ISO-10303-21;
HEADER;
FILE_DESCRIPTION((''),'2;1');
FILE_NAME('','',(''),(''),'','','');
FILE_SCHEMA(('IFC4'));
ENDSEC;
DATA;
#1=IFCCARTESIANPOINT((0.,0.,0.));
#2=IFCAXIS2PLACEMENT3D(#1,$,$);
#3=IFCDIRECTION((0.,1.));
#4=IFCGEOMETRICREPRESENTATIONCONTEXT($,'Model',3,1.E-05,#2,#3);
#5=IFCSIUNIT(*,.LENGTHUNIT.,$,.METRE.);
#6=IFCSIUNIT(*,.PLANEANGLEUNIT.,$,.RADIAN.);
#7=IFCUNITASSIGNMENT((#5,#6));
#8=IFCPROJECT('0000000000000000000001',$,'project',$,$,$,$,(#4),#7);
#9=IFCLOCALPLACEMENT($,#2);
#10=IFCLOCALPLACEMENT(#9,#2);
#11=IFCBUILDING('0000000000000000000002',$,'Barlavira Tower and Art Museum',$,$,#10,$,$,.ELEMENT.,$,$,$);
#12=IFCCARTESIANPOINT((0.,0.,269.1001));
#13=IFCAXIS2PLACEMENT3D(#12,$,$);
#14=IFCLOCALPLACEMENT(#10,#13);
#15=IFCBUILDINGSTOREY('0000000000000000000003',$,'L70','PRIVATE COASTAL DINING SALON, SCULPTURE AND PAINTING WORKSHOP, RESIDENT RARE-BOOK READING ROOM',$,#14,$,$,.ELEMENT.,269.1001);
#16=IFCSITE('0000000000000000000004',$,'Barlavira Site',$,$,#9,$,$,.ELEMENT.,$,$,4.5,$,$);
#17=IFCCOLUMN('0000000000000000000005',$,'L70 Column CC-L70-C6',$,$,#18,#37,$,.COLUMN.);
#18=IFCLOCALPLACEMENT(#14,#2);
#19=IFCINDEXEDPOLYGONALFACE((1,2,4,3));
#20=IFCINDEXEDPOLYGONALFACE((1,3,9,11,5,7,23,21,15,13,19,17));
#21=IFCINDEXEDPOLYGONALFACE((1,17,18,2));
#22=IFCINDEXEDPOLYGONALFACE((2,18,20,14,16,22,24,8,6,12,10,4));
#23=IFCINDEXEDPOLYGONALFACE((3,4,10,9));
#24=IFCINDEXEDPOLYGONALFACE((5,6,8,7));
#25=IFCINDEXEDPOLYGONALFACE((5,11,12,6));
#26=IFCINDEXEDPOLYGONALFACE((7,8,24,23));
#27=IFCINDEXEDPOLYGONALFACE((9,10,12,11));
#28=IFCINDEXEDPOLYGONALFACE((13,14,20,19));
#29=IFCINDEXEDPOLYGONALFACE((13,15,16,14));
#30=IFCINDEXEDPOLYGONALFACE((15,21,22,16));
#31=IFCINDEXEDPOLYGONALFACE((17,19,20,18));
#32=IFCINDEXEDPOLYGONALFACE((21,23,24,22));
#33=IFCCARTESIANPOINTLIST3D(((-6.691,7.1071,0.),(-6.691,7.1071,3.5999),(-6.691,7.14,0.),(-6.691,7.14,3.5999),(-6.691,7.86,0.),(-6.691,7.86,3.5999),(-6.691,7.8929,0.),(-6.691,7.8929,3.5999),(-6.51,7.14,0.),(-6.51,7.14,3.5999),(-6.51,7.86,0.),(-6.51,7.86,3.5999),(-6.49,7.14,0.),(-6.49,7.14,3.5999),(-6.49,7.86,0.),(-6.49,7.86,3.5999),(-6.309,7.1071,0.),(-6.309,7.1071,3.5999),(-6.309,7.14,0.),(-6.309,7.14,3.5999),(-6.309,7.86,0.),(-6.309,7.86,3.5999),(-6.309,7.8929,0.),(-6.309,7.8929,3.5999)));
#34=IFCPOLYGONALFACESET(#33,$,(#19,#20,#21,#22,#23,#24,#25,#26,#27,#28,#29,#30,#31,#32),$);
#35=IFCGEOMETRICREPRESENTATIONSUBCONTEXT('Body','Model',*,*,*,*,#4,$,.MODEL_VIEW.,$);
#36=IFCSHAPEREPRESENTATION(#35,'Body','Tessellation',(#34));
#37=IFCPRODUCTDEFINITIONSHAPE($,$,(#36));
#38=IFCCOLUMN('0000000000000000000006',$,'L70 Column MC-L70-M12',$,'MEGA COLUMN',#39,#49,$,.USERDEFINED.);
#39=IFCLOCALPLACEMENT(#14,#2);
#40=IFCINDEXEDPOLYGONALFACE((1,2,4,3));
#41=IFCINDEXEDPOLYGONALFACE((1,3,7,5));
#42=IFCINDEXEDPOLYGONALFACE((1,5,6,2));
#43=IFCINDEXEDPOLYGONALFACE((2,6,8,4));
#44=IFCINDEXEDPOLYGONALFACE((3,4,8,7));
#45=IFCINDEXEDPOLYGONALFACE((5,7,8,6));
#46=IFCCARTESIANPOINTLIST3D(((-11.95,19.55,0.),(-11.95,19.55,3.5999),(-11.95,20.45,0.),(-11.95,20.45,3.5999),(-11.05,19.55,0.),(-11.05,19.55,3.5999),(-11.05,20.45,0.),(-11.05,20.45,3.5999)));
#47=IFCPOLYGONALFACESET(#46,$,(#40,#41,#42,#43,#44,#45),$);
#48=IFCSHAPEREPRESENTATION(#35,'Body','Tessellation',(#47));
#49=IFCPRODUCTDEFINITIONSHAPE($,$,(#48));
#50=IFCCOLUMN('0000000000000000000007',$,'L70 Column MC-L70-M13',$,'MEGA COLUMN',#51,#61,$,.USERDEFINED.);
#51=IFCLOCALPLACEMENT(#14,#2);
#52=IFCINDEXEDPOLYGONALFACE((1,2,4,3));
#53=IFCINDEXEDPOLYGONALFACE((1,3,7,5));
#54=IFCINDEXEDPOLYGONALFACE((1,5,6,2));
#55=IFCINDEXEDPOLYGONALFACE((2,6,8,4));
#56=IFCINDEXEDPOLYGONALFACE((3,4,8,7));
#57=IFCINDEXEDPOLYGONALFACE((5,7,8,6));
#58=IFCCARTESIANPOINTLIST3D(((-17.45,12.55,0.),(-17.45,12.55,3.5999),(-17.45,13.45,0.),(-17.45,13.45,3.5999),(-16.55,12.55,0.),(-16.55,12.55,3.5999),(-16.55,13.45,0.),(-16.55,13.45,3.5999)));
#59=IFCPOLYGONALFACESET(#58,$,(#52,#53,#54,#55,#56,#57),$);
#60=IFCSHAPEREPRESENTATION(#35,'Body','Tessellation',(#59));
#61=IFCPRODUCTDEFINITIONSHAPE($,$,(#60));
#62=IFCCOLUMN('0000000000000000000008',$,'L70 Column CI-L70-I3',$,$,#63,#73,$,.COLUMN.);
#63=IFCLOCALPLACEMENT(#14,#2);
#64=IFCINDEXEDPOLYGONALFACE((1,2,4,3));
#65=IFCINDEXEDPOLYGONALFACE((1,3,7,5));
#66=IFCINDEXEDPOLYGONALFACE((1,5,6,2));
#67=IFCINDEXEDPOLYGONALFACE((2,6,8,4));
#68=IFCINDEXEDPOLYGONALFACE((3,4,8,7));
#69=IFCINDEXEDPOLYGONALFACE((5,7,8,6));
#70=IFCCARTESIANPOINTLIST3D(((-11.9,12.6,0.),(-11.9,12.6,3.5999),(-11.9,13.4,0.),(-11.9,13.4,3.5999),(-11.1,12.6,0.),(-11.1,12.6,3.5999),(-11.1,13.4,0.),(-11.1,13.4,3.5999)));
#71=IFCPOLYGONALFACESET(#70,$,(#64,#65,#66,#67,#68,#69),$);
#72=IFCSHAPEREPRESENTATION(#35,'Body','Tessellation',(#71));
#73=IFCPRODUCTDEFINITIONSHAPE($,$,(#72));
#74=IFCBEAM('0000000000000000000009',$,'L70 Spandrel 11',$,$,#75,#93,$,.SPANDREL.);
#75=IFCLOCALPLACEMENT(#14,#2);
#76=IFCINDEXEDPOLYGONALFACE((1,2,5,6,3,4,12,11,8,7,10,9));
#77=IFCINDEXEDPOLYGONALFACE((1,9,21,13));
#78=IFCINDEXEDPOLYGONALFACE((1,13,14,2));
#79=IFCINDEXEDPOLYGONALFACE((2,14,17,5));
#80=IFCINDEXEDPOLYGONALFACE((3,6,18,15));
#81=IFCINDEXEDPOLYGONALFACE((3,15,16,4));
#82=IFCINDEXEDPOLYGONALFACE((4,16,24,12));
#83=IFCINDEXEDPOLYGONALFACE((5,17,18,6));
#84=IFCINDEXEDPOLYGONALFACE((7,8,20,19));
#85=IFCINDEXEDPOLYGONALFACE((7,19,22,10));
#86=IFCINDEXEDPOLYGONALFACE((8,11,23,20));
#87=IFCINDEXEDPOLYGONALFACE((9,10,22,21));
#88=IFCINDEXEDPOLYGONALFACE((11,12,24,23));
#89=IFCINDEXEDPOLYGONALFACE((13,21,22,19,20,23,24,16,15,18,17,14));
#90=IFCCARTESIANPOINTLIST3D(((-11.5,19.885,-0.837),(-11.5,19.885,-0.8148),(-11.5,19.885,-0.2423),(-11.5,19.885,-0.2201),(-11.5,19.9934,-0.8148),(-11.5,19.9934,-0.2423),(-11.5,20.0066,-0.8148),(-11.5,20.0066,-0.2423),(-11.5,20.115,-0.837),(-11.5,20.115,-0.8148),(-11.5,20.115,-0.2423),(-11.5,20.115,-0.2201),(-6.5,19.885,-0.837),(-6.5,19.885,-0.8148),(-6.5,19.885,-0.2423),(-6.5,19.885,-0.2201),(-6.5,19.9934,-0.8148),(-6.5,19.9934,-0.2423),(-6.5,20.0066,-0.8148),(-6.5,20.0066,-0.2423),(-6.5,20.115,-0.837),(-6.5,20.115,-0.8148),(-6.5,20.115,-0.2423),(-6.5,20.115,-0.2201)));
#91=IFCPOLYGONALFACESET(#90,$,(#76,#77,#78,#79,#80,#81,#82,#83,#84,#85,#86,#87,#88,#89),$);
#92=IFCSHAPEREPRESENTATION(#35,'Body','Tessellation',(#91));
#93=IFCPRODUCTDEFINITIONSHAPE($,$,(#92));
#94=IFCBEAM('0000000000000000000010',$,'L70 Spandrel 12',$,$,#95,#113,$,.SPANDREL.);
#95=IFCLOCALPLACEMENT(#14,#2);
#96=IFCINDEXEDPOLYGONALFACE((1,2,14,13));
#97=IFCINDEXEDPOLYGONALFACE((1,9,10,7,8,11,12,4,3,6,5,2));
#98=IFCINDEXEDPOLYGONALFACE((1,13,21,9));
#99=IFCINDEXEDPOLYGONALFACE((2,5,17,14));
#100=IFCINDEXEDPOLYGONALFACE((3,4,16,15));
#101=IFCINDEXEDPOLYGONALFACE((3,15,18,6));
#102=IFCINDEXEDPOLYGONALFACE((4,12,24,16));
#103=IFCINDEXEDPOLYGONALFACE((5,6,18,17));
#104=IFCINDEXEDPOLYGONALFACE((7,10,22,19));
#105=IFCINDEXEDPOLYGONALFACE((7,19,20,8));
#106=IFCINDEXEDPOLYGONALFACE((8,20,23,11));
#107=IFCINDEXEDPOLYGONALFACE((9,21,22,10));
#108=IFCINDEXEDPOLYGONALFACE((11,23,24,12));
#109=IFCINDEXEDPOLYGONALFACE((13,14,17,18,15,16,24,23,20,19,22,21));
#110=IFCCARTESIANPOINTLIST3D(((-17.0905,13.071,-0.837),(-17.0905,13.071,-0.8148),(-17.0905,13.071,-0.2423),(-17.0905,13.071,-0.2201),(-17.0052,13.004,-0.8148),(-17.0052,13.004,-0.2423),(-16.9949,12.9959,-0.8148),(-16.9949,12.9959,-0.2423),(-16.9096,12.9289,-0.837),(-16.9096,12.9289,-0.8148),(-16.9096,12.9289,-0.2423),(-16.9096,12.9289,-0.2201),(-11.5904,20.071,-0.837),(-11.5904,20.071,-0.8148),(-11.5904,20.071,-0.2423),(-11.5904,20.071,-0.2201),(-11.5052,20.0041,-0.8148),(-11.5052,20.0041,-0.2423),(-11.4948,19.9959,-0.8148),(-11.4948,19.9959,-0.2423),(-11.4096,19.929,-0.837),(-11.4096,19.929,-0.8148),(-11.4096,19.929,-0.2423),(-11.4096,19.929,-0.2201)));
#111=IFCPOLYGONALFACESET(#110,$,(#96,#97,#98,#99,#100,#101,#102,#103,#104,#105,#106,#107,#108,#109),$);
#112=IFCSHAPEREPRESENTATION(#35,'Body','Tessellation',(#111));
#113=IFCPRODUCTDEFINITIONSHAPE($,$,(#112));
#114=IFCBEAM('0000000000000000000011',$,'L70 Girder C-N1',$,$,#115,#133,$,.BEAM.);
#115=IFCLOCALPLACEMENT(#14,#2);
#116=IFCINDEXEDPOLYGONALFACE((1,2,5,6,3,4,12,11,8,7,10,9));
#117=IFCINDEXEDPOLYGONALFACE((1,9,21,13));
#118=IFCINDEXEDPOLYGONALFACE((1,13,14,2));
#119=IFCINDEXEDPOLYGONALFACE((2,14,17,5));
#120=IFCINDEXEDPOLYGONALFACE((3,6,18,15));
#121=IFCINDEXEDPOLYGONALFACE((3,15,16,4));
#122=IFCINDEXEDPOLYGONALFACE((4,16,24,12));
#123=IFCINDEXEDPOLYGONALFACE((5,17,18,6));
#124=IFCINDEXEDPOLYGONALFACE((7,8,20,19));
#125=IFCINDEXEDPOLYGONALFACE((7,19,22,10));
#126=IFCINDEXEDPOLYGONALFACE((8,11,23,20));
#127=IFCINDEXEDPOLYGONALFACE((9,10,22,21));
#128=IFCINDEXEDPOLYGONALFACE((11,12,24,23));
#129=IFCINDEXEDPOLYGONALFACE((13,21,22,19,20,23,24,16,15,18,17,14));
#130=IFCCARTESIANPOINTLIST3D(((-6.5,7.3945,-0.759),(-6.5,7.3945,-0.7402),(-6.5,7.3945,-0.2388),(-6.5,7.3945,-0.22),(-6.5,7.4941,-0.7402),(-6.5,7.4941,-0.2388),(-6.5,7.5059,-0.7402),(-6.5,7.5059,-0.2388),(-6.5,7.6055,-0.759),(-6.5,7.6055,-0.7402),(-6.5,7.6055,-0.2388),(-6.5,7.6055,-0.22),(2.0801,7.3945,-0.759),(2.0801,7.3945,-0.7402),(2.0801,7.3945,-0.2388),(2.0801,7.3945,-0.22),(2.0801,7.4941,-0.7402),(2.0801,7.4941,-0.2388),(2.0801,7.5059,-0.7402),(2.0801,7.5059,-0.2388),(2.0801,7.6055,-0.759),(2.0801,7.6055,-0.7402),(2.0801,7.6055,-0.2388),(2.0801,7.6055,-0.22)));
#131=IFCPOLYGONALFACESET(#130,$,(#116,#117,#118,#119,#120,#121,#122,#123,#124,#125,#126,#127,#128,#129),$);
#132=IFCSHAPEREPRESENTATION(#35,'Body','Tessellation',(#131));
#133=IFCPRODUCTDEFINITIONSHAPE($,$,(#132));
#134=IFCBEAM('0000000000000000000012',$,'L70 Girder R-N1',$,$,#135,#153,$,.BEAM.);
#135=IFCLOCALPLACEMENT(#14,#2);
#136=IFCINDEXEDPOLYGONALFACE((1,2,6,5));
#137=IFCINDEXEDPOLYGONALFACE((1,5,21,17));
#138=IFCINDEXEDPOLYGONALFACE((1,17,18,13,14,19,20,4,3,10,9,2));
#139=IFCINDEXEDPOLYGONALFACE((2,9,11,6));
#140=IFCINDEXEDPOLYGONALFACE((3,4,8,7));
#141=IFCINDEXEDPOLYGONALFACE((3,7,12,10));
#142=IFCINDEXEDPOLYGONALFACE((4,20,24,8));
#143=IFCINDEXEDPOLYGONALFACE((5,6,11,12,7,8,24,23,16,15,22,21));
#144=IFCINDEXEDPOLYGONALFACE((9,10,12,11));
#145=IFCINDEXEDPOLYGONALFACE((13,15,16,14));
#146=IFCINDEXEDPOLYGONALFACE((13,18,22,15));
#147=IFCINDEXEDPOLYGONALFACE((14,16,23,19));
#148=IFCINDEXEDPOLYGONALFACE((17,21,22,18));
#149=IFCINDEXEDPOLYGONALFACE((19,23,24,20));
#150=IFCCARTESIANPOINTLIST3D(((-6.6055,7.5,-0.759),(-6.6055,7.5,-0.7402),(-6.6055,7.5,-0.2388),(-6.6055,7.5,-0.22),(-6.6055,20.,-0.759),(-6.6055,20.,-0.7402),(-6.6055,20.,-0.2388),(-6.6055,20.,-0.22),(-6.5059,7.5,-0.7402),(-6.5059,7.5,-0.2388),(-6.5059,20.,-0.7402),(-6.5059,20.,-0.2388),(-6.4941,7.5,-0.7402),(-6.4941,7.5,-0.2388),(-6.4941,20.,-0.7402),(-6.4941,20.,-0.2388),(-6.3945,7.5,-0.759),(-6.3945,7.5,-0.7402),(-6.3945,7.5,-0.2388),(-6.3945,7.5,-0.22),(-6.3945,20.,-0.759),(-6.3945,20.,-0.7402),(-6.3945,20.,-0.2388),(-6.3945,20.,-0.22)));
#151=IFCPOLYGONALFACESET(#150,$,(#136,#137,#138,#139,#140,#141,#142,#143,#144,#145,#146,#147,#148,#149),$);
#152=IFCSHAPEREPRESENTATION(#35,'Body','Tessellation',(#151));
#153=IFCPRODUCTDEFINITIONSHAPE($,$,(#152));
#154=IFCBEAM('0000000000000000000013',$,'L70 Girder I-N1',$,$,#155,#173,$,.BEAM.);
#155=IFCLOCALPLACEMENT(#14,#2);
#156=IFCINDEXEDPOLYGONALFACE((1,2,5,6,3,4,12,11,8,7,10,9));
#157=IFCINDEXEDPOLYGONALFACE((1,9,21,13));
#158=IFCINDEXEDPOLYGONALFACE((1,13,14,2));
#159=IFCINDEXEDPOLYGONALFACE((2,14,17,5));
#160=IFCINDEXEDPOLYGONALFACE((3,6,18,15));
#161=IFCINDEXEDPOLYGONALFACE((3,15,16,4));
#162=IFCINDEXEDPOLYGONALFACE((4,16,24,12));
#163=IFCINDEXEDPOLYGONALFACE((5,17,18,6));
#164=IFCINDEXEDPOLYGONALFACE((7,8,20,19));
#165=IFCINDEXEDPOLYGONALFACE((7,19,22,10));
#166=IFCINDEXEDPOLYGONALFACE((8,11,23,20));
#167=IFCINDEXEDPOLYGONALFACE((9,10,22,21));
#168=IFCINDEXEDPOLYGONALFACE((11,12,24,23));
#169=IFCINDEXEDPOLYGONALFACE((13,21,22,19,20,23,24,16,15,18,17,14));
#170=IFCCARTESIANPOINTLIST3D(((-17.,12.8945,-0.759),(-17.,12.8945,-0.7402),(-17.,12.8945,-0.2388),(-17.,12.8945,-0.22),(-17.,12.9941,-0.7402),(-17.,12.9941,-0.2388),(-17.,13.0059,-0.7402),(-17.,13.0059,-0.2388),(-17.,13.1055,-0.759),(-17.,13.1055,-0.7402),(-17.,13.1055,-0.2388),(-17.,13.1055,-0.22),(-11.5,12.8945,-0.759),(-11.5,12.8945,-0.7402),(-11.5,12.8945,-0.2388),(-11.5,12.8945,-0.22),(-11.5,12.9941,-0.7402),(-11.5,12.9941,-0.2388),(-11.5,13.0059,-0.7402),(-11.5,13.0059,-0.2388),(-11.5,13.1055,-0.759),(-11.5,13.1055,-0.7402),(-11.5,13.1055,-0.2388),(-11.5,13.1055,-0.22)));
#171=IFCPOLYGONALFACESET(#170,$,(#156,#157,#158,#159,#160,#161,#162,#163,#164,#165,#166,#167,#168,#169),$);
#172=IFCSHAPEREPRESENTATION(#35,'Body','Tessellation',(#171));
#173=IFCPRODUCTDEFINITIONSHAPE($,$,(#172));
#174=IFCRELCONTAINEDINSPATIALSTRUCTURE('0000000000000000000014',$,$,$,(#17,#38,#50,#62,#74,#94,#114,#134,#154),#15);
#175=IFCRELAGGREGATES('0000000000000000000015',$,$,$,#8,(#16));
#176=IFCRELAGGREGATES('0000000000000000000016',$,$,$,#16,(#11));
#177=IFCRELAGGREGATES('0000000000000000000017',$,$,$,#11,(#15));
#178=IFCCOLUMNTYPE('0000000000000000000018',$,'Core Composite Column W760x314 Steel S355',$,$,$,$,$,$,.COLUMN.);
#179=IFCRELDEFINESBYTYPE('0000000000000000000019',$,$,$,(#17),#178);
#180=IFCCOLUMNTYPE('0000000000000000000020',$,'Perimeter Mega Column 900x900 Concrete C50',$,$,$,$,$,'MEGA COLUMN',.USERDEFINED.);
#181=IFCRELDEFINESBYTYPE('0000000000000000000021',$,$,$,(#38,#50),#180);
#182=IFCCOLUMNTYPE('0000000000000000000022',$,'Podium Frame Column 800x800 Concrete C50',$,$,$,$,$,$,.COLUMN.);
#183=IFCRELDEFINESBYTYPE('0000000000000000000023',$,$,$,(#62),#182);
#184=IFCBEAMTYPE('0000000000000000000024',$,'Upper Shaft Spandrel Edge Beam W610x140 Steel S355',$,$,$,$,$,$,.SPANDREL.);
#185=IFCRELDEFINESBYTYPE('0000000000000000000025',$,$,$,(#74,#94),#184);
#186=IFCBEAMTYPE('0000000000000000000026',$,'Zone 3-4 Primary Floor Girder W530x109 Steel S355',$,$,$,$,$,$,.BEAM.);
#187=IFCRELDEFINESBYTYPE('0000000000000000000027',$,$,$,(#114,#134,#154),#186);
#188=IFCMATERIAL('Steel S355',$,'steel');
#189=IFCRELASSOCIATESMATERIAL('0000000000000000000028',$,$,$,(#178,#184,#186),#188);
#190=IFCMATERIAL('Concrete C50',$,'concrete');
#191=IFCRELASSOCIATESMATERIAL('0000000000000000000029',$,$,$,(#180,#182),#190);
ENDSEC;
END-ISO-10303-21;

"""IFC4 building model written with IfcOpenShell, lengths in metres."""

from ifc_helpers import new_model, si_unit, direction, frame, origin, origin_2d, place, context, subcontext, project, spatial, rectangle, i_section, extrude, material, material_profile, profile_set, type_object, element, save


model = new_model("IFC4")

# Units and contexts
model_context = context("Model", 3, precision=1e-05, world=origin(), true_north=direction((0.0, 1.0)))
body_context = subcontext(model_context, "Body", "Model", "MODEL_VIEW")
ifc_project = project(units=[si_unit("LENGTHUNIT", "METRE"), si_unit("PLANEANGLEUNIT", "RADIAN")], contexts=[model_context])

# Site, building, storey
site_placement = place(None, origin())
site = spatial("IfcSite", under=ifc_project, at=site_placement, Name="Barlavira Site", CompositionType="ELEMENT", RefElevation=4.5)
building_placement = place(site_placement, origin())
building = spatial("IfcBuilding", under=site, at=building_placement, Name="Barlavira Tower and Art Museum", CompositionType="ELEMENT")
storey_placement = place(building_placement, frame((0.0, 0.0, 269.1001)))
storey = spatial("IfcBuildingStorey", under=building, at=storey_placement, Name="L70", Description="PRIVATE COASTAL DINING SALON, SCULPTURE AND PAINTING WORKSHOP, RESIDENT RARE-BOOK READING ROOM", CompositionType="ELEMENT", Elevation=269.1001)

# Columns
ifc_material_1 = material(Name="Steel S355", Category="steel")
ifc_material_profile_1 = material_profile(ifc_material_1, i_section(OverallWidth=0.3821, OverallDepth=0.7859, WebThickness=0.02, FlangeThickness=0.033, at=origin_2d()), Name="W760x314.0")
ifc_profile_set_1 = profile_set([ifc_material_profile_1], Name="Steel S355")
column_type_1 = type_object("IfcColumnType", Name="Core Composite Column W760x314 Steel S355", PredefinedType="COLUMN", material=ifc_profile_set_1)
column_1_placement = place(storey_placement, frame((-6.5, 7.5, 0.0), z_axis=(0.0, 0.0, 1.0), x_axis=(1.0, 0.0, 0.0)))
element("IfcColumn", 1, at=column_1_placement, inside=storey, type_object=column_type_1, Name="L70 Column CC-L70-C6", PredefinedType="COLUMN", context=body_context, shape_type="SweptSolid", body=[
    extrude(i_section(OverallWidth=0.3821, OverallDepth=0.7859, WebThickness=0.02, FlangeThickness=0.033, at=origin_2d()), origin(), (0.0, 0.0, 1.0), 3.5999),
])
ifc_material_2 = material(Name="Concrete C50", Category="concrete")
ifc_material_profile_2 = material_profile(ifc_material_2, rectangle(XDim=0.8999, YDim=0.8999, at=origin_2d()), Name="RC-COL 900x900")
ifc_profile_set_2 = profile_set([ifc_material_profile_2], Name="Concrete C50")
column_type_2 = type_object("IfcColumnType", Name="Perimeter Mega Column 900x900 Concrete C50", ElementType="MEGA COLUMN", PredefinedType="USERDEFINED", material=ifc_profile_set_2)
for number, where, z_axis, x_axis, name in (
    (2, (-11.5, 20.0, 0.0), (0.0, 0.0, 1.0), (1.0, 0.0, 0.0), "L70 Column MC-L70-M12"),
    (3, (-17.0, 13.0, 0.0), (0.0, 0.0, 1.0), (1.0, 0.0, 0.0), "L70 Column MC-L70-M13"),
):
    element("IfcColumn", number, at=place(storey_placement, frame(where, z_axis=z_axis, x_axis=x_axis)), inside=storey, type_object=column_type_2, Name=name, ObjectType="MEGA COLUMN", PredefinedType="USERDEFINED", context=body_context, shape_type="SweptSolid", body=[
        extrude(rectangle(XDim=0.8999, YDim=0.8999, at=origin_2d()), origin(), (0.0, 0.0, 1.0), 3.5999),
    ])
ifc_material_profile_3 = material_profile(ifc_material_2, rectangle(XDim=0.8, YDim=0.8, at=origin_2d()), Name="RC-COL 800x800")
ifc_profile_set_3 = profile_set([ifc_material_profile_3], Name="Concrete C50")
column_type_3 = type_object("IfcColumnType", Name="Podium Frame Column 800x800 Concrete C50", PredefinedType="COLUMN", material=ifc_profile_set_3)
column_2_placement = place(storey_placement, frame((-11.5, 13.0, 0.0), z_axis=(0.0, 0.0, 1.0), x_axis=(1.0, 0.0, 0.0)))
element("IfcColumn", 4, at=column_2_placement, inside=storey, type_object=column_type_3, Name="L70 Column CI-L70-I3", PredefinedType="COLUMN", context=body_context, shape_type="SweptSolid", body=[
    extrude(rectangle(XDim=0.8, YDim=0.8, at=origin_2d()), origin(), (0.0, 0.0, 1.0), 3.5999),
])

# Beams
ifc_material_profile_4 = material_profile(ifc_material_1, i_section(OverallWidth=0.23, OverallDepth=0.6169, WebThickness=0.0132, FlangeThickness=0.0222, at=origin_2d()), Name="W610x140.0")
ifc_profile_set_4 = profile_set([ifc_material_profile_4], Name="Steel S355")
beam_type_1 = type_object("IfcBeamType", Name="Upper Shaft Spandrel Edge Beam W610x140 Steel S355", PredefinedType="SPANDREL", material=ifc_profile_set_4)
beam_1_placement = place(storey_placement, frame((-11.5, 20.0, -0.5286), z_axis=(1.0, 0.0, 0.0), x_axis=(0.0, 1.0, 0.0)))
element("IfcBeam", 5, at=beam_1_placement, inside=storey, type_object=beam_type_1, Name="L70 Spandrel 11", PredefinedType="SPANDREL", context=body_context, shape_type="SweptSolid", body=[
    extrude(i_section(OverallWidth=0.23, OverallDepth=0.6169, WebThickness=0.0132, FlangeThickness=0.0222, at=origin_2d()), origin(), (0.0, 0.0, 1.0), 5.0),
])
beam_2_placement = place(storey_placement, frame((-11.5, 20.0, -0.5286), z_axis=(-0.617822, -0.786318, 0.0), x_axis=(0.786318, -0.617822, 0.0)))
element("IfcBeam", 6, at=beam_2_placement, inside=storey, type_object=beam_type_1, Name="L70 Spandrel 12", PredefinedType="SPANDREL", context=body_context, shape_type="SweptSolid", body=[
    extrude(i_section(OverallWidth=0.23, OverallDepth=0.6169, WebThickness=0.0132, FlangeThickness=0.0222, at=origin_2d()), origin(), (0.0, 0.0, 1.0), 8.9023),
])
ifc_material_profile_5 = material_profile(ifc_material_1, i_section(OverallWidth=0.2109, OverallDepth=0.5391, WebThickness=0.0117, FlangeThickness=0.0188, at=origin_2d()), Name="W530x109.0")
ifc_profile_set_5 = profile_set([ifc_material_profile_5], Name="Steel S355")
beam_type_2 = type_object("IfcBeamType", Name="Zone 3-4 Primary Floor Girder W530x109 Steel S355", PredefinedType="BEAM", material=ifc_profile_set_5)
beam_3_placement = place(storey_placement, frame((-6.5, 7.5, -0.4895), z_axis=(1.0, 0.0, 0.0), x_axis=(0.0, 1.0, 0.0)))
element("IfcBeam", 7, at=beam_3_placement, inside=storey, type_object=beam_type_2, Name="L70 Girder C-N1", PredefinedType="BEAM", context=body_context, shape_type="SweptSolid", body=[
    extrude(i_section(OverallWidth=0.2109, OverallDepth=0.5391, WebThickness=0.0117, FlangeThickness=0.0188, at=origin_2d()), origin(), (0.0, 0.0, 1.0), 8.5801),
])
beam_4_placement = place(storey_placement, frame((-6.5, 7.5, -0.4895), z_axis=(0.0, 1.0, 0.0), x_axis=(-1.0, 0.0, 0.0)))
element("IfcBeam", 8, at=beam_4_placement, inside=storey, type_object=beam_type_2, Name="L70 Girder R-N1", PredefinedType="BEAM", context=body_context, shape_type="SweptSolid", body=[
    extrude(i_section(OverallWidth=0.2109, OverallDepth=0.5391, WebThickness=0.0117, FlangeThickness=0.0188, at=origin_2d()), origin(), (0.0, 0.0, 1.0), 12.5),
])
beam_5_placement = place(storey_placement, frame((-17.0, 13.0, -0.4895), z_axis=(1.0, 0.0, 0.0), x_axis=(0.0, 1.0, 0.0)))
element("IfcBeam", 9, at=beam_5_placement, inside=storey, type_object=beam_type_2, Name="L70 Girder I-N1", PredefinedType="BEAM", context=body_context, shape_type="SweptSolid", body=[
    extrude(i_section(OverallWidth=0.2109, OverallDepth=0.5391, WebThickness=0.0117, FlangeThickness=0.0188, at=origin_2d()), origin(), (0.0, 0.0, 1.0), 5.5),
])

save(model, "model.ifc")
